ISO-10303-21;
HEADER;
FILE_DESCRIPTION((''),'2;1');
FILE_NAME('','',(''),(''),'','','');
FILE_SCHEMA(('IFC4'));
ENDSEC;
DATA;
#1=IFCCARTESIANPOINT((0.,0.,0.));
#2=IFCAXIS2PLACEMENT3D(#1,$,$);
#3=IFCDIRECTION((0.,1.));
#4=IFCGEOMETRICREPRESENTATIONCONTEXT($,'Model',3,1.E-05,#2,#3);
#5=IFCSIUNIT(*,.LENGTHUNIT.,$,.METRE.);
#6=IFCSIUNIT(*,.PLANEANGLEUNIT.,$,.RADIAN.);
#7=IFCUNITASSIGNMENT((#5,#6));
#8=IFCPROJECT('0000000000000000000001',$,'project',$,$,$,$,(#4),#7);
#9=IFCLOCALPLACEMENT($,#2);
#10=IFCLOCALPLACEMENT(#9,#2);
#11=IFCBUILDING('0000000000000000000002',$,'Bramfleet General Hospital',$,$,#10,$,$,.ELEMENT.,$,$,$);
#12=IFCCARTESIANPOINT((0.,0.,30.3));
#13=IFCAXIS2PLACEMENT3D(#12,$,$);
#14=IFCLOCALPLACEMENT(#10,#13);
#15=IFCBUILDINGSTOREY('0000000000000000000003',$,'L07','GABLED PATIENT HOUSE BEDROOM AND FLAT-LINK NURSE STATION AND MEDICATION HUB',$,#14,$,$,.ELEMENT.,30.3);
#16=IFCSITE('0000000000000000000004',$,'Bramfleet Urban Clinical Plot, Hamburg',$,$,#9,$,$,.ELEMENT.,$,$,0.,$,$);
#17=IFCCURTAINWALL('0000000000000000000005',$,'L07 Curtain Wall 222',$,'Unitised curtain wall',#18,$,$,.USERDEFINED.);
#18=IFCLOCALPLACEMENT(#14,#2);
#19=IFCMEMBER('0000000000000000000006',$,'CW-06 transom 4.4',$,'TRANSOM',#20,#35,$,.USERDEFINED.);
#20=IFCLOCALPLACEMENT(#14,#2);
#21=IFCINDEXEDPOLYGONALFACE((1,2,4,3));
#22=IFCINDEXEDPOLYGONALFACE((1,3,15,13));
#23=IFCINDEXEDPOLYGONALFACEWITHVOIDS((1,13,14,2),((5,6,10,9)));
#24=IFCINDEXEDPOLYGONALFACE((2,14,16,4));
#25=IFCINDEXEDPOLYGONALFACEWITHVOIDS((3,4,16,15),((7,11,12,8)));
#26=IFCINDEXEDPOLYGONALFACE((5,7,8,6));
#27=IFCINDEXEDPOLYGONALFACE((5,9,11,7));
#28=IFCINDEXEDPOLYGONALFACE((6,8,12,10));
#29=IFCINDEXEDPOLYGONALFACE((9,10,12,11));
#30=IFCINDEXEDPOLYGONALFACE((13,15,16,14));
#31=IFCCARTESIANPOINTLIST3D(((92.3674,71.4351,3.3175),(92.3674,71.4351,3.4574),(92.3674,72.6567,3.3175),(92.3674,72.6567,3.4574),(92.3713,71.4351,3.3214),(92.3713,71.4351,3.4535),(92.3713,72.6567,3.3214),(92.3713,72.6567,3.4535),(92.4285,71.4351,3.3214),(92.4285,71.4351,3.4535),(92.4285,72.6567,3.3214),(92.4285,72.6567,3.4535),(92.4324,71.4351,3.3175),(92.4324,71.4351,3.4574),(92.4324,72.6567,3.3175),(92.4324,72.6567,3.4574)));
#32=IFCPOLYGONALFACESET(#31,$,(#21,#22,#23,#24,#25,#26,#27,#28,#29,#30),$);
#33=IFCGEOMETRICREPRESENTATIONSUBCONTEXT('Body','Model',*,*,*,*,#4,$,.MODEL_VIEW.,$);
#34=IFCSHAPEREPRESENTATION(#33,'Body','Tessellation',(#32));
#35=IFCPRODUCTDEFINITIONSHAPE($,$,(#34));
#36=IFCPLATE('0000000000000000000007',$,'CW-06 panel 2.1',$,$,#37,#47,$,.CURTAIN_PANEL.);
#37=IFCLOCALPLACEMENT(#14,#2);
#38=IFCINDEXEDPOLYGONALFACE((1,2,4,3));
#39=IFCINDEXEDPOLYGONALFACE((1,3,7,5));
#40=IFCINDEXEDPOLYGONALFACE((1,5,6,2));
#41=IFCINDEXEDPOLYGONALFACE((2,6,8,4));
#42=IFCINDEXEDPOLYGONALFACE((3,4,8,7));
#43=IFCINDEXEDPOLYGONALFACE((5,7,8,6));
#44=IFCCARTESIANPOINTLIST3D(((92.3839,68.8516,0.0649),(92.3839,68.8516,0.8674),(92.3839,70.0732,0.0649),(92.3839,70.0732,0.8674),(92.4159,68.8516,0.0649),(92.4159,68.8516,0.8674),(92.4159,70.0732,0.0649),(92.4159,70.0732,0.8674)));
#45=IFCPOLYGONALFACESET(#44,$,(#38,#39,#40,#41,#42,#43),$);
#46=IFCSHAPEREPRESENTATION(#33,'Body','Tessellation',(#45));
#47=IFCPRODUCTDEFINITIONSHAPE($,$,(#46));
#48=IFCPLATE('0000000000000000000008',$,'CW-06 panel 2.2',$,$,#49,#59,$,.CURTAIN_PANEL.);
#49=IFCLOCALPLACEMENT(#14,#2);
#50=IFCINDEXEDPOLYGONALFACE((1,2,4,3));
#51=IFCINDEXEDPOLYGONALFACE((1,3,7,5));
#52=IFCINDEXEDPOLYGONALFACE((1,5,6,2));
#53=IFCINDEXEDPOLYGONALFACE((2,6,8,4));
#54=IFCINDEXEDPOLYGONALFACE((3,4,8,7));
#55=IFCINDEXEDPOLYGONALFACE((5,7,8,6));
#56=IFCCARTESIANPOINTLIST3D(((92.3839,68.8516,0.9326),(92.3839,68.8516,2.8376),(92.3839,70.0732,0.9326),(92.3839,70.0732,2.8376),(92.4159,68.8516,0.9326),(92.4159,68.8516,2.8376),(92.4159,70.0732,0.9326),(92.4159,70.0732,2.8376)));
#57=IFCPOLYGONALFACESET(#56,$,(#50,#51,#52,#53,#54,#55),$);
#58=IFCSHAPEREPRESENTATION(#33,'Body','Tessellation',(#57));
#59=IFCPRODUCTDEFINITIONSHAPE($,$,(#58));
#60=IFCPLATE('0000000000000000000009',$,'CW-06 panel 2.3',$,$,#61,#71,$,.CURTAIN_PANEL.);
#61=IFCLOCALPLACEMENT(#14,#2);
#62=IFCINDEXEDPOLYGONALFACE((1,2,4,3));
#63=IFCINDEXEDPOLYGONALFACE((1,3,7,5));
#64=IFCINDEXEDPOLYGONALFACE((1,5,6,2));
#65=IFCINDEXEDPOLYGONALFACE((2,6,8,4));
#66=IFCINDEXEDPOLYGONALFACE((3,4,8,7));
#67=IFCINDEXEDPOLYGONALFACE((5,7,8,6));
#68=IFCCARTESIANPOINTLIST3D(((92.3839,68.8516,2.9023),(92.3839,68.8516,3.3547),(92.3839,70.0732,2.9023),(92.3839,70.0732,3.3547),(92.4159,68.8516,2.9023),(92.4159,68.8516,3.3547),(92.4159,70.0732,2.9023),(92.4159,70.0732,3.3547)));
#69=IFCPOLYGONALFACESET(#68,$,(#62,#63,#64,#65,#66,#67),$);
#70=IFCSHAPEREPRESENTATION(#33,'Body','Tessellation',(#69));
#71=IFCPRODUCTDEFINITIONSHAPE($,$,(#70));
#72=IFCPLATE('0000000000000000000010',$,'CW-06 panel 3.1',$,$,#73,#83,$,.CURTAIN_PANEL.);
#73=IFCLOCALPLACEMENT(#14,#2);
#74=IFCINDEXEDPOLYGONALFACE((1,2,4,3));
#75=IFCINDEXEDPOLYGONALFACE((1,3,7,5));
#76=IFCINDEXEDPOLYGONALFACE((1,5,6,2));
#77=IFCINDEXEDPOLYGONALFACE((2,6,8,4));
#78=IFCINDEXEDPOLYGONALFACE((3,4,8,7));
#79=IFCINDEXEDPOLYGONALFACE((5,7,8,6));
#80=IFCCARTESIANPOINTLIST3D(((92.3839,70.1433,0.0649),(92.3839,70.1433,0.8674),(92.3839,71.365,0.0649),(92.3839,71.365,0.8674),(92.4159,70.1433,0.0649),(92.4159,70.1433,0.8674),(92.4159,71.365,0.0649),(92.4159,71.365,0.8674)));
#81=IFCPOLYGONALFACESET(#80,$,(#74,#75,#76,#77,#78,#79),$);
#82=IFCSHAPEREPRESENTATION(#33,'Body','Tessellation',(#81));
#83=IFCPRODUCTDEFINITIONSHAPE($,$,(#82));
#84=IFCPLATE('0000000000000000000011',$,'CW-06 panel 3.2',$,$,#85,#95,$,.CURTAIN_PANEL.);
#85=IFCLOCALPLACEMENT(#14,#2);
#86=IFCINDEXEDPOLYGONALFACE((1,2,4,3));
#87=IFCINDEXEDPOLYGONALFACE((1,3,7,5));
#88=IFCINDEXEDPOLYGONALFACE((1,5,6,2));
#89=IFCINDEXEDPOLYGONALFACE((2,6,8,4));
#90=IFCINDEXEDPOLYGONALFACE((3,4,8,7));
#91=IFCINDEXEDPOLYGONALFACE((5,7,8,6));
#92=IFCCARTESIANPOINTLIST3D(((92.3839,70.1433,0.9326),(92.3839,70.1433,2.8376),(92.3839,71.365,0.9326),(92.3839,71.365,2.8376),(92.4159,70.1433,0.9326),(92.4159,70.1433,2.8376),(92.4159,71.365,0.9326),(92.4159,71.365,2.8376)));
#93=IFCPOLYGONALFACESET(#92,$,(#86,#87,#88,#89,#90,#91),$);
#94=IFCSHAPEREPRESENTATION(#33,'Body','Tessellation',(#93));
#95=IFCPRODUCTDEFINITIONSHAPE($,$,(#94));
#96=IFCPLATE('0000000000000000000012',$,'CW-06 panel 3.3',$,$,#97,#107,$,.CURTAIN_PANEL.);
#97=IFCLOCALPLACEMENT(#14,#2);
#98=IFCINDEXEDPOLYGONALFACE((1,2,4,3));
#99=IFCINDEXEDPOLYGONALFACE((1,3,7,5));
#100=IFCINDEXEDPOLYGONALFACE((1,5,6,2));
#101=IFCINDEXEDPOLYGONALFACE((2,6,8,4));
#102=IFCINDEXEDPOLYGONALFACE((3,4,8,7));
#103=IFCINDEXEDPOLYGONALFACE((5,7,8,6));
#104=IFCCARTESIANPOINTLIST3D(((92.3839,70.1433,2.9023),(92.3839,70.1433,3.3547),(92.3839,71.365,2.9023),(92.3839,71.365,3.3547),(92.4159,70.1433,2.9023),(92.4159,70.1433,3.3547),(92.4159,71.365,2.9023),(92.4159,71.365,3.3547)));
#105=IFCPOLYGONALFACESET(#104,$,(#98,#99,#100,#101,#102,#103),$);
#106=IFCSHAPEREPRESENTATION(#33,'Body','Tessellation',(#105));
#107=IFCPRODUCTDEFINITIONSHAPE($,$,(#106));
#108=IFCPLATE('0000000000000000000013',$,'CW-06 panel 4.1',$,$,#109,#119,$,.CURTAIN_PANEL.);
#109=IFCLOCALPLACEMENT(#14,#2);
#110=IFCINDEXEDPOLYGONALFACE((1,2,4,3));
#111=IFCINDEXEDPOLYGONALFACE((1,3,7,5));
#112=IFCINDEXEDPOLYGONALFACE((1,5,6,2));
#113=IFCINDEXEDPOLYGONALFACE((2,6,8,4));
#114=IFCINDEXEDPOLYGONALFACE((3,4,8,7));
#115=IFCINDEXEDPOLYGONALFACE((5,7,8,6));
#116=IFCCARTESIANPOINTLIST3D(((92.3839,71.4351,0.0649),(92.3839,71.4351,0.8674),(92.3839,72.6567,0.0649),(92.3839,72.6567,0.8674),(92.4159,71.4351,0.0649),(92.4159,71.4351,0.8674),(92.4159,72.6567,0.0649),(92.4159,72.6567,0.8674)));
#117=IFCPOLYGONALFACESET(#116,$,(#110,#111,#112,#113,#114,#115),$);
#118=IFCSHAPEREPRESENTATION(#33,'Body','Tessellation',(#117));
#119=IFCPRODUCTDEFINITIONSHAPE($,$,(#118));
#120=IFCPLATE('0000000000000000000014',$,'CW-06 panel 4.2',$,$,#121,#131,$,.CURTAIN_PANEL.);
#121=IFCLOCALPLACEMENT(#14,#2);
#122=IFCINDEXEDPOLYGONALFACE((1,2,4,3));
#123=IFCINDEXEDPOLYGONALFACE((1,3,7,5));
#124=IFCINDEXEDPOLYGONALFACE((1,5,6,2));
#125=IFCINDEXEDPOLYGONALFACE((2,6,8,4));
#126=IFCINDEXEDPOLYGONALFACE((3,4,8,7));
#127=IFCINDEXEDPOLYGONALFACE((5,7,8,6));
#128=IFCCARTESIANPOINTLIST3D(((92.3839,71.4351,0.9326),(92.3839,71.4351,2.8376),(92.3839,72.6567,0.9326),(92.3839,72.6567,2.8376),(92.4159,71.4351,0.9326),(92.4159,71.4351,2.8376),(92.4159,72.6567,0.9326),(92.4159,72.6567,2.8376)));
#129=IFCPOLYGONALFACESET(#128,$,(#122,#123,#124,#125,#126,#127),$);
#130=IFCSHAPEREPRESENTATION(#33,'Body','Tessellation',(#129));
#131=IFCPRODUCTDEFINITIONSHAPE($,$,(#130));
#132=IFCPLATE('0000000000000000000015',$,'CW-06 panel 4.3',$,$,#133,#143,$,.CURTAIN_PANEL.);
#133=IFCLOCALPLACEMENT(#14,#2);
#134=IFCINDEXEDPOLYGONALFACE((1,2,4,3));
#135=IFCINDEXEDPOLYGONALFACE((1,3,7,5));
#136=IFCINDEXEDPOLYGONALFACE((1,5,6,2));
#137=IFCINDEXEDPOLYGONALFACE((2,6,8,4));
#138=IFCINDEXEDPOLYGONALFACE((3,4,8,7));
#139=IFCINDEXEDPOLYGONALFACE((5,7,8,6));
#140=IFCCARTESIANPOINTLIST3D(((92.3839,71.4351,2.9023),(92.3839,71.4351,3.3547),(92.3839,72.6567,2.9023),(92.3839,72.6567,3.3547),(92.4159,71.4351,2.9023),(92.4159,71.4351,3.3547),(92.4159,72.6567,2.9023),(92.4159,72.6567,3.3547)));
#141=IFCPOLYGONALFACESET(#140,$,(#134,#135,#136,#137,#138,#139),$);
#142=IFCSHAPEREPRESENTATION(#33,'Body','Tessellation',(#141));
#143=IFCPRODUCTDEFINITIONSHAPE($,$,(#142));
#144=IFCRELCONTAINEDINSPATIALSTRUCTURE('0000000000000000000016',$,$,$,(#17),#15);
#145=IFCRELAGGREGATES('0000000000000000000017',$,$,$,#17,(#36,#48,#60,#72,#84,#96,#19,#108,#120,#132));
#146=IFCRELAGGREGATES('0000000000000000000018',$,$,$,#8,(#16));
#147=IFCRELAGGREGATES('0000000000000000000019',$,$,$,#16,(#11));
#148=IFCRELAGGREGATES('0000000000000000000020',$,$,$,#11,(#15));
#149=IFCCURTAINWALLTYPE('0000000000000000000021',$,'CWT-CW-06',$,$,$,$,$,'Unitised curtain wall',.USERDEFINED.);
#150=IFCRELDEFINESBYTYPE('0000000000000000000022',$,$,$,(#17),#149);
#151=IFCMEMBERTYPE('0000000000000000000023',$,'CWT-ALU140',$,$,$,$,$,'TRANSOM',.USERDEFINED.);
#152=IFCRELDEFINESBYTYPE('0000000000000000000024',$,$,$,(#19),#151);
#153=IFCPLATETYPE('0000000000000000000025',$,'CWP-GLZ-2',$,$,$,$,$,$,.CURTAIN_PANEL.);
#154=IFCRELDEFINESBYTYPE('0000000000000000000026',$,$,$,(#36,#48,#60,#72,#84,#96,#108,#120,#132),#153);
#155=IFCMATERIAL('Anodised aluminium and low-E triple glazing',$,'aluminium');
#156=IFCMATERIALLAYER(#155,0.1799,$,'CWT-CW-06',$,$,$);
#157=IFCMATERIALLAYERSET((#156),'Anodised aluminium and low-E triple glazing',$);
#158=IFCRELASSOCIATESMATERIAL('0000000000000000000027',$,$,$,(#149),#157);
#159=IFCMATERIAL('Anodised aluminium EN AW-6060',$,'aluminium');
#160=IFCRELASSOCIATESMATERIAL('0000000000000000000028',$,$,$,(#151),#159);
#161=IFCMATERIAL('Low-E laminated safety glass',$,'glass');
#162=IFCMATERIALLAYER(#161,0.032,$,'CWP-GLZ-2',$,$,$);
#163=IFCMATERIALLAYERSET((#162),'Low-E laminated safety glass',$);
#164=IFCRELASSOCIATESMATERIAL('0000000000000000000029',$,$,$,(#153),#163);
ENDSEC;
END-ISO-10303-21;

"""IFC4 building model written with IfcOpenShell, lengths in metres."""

from ifc_helpers import new_model, si_unit, direction, frame, origin, origin_2d, place, context, subcontext, project, spatial, rectangle, hollow_rectangle, extrude, material, layer, layer_set, material_profile, profile_set, type_object, element, aggregate, save


model = new_model("IFC4")

# Units and contexts
model_context = context("Model", 3, precision=1e-05, world=origin(), true_north=direction((0.0, 1.0)))
body_context = subcontext(model_context, "Body", "Model", "MODEL_VIEW")
ifc_project = project(units=[si_unit("LENGTHUNIT", "METRE"), si_unit("PLANEANGLEUNIT", "RADIAN")], contexts=[model_context])

# Site, building, storey
site_placement = place(None, origin())
site = spatial("IfcSite", under=ifc_project, at=site_placement, Name="Bramfleet Urban Clinical Plot, Hamburg", CompositionType="ELEMENT", RefElevation=0.0)
building_placement = place(site_placement, origin())
building = spatial("IfcBuilding", under=site, at=building_placement, Name="Bramfleet General Hospital", CompositionType="ELEMENT")
storey_placement = place(building_placement, frame((0.0, 0.0, 30.3)))
storey = spatial("IfcBuildingStorey", under=building, at=storey_placement, Name="L07", Description="GABLED PATIENT HOUSE BEDROOM AND FLAT-LINK NURSE STATION AND MEDICATION HUB", CompositionType="ELEMENT", Elevation=30.3)

# Curtain wall, member, plates
ifc_material_1 = material(Name="Anodised aluminium and low-E triple glazing", Category="aluminium")
ifc_layer_1 = layer(ifc_material_1, 0.1799, Name="CWT-CW-06")
ifc_layer_set_1 = layer_set([ifc_layer_1], Name="Anodised aluminium and low-E triple glazing")
curtain_wall_type = type_object("IfcCurtainWallType", Name="CWT-CW-06", ElementType="Unitised curtain wall", PredefinedType="USERDEFINED", material=ifc_layer_set_1)
curtain_wall_placement = place(storey_placement, origin())
curtain_wall = element("IfcCurtainWall", 1, at=curtain_wall_placement, inside=storey, type_object=curtain_wall_type, Name="L07 Curtain Wall 222", ObjectType="Unitised curtain wall", PredefinedType="USERDEFINED")
ifc_material_2 = material(Name="Anodised aluminium EN AW-6060", Category="aluminium")
ifc_material_profile_1 = material_profile(ifc_material_2, hollow_rectangle(XDim=0.0649, YDim=0.1399, WallThickness=0.0039, at=origin_2d()), Name="ALU 140x65x4.0")
ifc_profile_set_1 = profile_set([ifc_material_profile_1], Name="Anodised aluminium EN AW-6060")
member_type_1 = type_object("IfcMemberType", Name="CWT-ALU140", ElementType="TRANSOM", PredefinedType="USERDEFINED", material=ifc_profile_set_1)
member_1_placement = place(storey_placement, frame((92.3999, 71.4351, 3.3875), z_axis=(0.0, 1.0, 0.0), x_axis=(-1.0, 0.0, 0.0)))
member_1 = element("IfcMember", 2, at=member_1_placement, type_object=member_type_1, Name="CW-06 transom 4.4", ObjectType="TRANSOM", PredefinedType="USERDEFINED", context=body_context, shape_type="SweptSolid", body=[
    extrude(hollow_rectangle(XDim=0.0649, YDim=0.1399, WallThickness=0.0039, at=origin_2d()), origin(), (0.0, 0.0, 1.0), 1.2217),
])
ifc_material_3 = material(Name="Low-E laminated safety glass", Category="glass")
ifc_layer_2 = layer(ifc_material_3, 0.032, Name="CWP-GLZ-2")
ifc_layer_set_2 = layer_set([ifc_layer_2], Name="Low-E laminated safety glass")
plate_type = type_object("IfcPlateType", Name="CWP-GLZ-2", PredefinedType="CURTAIN_PANEL", material=ifc_layer_set_2)
plate_1_placement = place(storey_placement, frame((92.3999, 69.4624, 0.0649), z_axis=(0.0, 0.0, 1.0), x_axis=(0.0, 1.0, 0.0)))
plate_1 = element("IfcPlate", 3, at=plate_1_placement, type_object=plate_type, Name="CW-06 panel 2.1", PredefinedType="CURTAIN_PANEL", context=body_context, shape_type="SweptSolid", body=[
    extrude(rectangle(XDim=1.2217, YDim=0.032, at=origin_2d()), origin(), (0.0, 0.0, 1.0), 0.8025),
])
plate_2_placement = place(storey_placement, frame((92.3999, 69.4624, 0.9326), z_axis=(0.0, 0.0, 1.0), x_axis=(0.0, 1.0, 0.0)))
plate_2 = element("IfcPlate", 4, at=plate_2_placement, type_object=plate_type, Name="CW-06 panel 2.2", PredefinedType="CURTAIN_PANEL", context=body_context, shape_type="SweptSolid", body=[
    extrude(rectangle(XDim=1.2217, YDim=0.032, at=origin_2d()), origin(), (0.0, 0.0, 1.0), 1.905),
])
plate_3_placement = place(storey_placement, frame((92.3999, 69.4624, 2.9023), z_axis=(0.0, 0.0, 1.0), x_axis=(0.0, 1.0, 0.0)))
plate_3 = element("IfcPlate", 5, at=plate_3_placement, type_object=plate_type, Name="CW-06 panel 2.3", PredefinedType="CURTAIN_PANEL", context=body_context, shape_type="SweptSolid", body=[
    extrude(rectangle(XDim=1.2217, YDim=0.032, at=origin_2d()), origin(), (0.0, 0.0, 1.0), 0.4524),
])
plate_4_placement = place(storey_placement, frame((92.3999, 70.7542, 0.0649), z_axis=(0.0, 0.0, 1.0), x_axis=(0.0, 1.0, 0.0)))
plate_4 = element("IfcPlate", 6, at=plate_4_placement, type_object=plate_type, Name="CW-06 panel 3.1", PredefinedType="CURTAIN_PANEL", context=body_context, shape_type="SweptSolid", body=[
    extrude(rectangle(XDim=1.2217, YDim=0.032, at=origin_2d()), origin(), (0.0, 0.0, 1.0), 0.8025),
])
plate_5_placement = place(storey_placement, frame((92.3999, 70.7542, 0.9326), z_axis=(0.0, 0.0, 1.0), x_axis=(0.0, 1.0, 0.0)))
plate_5 = element("IfcPlate", 7, at=plate_5_placement, type_object=plate_type, Name="CW-06 panel 3.2", PredefinedType="CURTAIN_PANEL", context=body_context, shape_type="SweptSolid", body=[
    extrude(rectangle(XDim=1.2217, YDim=0.032, at=origin_2d()), origin(), (0.0, 0.0, 1.0), 1.905),
])
plate_6_placement = place(storey_placement, frame((92.3999, 70.7542, 2.9023), z_axis=(0.0, 0.0, 1.0), x_axis=(0.0, 1.0, 0.0)))
plate_6 = element("IfcPlate", 8, at=plate_6_placement, type_object=plate_type, Name="CW-06 panel 3.3", PredefinedType="CURTAIN_PANEL", context=body_context, shape_type="SweptSolid", body=[
    extrude(rectangle(XDim=1.2217, YDim=0.032, at=origin_2d()), origin(), (0.0, 0.0, 1.0), 0.4524),
])
plate_7_placement = place(storey_placement, frame((92.3999, 72.0459, 0.0649), z_axis=(0.0, 0.0, 1.0), x_axis=(0.0, 1.0, 0.0)))
plate_7 = element("IfcPlate", 9, at=plate_7_placement, type_object=plate_type, Name="CW-06 panel 4.1", PredefinedType="CURTAIN_PANEL", context=body_context, shape_type="SweptSolid", body=[
    extrude(rectangle(XDim=1.2217, YDim=0.032, at=origin_2d()), origin(), (0.0, 0.0, 1.0), 0.8025),
])
plate_8_placement = place(storey_placement, frame((92.3999, 72.0459, 0.9326), z_axis=(0.0, 0.0, 1.0), x_axis=(0.0, 1.0, 0.0)))
plate_8 = element("IfcPlate", 10, at=plate_8_placement, type_object=plate_type, Name="CW-06 panel 4.2", PredefinedType="CURTAIN_PANEL", context=body_context, shape_type="SweptSolid", body=[
    extrude(rectangle(XDim=1.2217, YDim=0.032, at=origin_2d()), origin(), (0.0, 0.0, 1.0), 1.905),
])
plate_9_placement = place(storey_placement, frame((92.3999, 72.0459, 2.9023), z_axis=(0.0, 0.0, 1.0), x_axis=(0.0, 1.0, 0.0)))
plate_9 = element("IfcPlate", 11, at=plate_9_placement, type_object=plate_type, Name="CW-06 panel 4.3", PredefinedType="CURTAIN_PANEL", context=body_context, shape_type="SweptSolid", body=[
    extrude(rectangle(XDim=1.2217, YDim=0.032, at=origin_2d()), origin(), (0.0, 0.0, 1.0), 0.4524),
])
aggregate(curtain_wall, [plate_1, plate_2, plate_3, plate_4, plate_5, plate_6, member_1, plate_7, plate_8, plate_9])

save(model, "model.ifc")
